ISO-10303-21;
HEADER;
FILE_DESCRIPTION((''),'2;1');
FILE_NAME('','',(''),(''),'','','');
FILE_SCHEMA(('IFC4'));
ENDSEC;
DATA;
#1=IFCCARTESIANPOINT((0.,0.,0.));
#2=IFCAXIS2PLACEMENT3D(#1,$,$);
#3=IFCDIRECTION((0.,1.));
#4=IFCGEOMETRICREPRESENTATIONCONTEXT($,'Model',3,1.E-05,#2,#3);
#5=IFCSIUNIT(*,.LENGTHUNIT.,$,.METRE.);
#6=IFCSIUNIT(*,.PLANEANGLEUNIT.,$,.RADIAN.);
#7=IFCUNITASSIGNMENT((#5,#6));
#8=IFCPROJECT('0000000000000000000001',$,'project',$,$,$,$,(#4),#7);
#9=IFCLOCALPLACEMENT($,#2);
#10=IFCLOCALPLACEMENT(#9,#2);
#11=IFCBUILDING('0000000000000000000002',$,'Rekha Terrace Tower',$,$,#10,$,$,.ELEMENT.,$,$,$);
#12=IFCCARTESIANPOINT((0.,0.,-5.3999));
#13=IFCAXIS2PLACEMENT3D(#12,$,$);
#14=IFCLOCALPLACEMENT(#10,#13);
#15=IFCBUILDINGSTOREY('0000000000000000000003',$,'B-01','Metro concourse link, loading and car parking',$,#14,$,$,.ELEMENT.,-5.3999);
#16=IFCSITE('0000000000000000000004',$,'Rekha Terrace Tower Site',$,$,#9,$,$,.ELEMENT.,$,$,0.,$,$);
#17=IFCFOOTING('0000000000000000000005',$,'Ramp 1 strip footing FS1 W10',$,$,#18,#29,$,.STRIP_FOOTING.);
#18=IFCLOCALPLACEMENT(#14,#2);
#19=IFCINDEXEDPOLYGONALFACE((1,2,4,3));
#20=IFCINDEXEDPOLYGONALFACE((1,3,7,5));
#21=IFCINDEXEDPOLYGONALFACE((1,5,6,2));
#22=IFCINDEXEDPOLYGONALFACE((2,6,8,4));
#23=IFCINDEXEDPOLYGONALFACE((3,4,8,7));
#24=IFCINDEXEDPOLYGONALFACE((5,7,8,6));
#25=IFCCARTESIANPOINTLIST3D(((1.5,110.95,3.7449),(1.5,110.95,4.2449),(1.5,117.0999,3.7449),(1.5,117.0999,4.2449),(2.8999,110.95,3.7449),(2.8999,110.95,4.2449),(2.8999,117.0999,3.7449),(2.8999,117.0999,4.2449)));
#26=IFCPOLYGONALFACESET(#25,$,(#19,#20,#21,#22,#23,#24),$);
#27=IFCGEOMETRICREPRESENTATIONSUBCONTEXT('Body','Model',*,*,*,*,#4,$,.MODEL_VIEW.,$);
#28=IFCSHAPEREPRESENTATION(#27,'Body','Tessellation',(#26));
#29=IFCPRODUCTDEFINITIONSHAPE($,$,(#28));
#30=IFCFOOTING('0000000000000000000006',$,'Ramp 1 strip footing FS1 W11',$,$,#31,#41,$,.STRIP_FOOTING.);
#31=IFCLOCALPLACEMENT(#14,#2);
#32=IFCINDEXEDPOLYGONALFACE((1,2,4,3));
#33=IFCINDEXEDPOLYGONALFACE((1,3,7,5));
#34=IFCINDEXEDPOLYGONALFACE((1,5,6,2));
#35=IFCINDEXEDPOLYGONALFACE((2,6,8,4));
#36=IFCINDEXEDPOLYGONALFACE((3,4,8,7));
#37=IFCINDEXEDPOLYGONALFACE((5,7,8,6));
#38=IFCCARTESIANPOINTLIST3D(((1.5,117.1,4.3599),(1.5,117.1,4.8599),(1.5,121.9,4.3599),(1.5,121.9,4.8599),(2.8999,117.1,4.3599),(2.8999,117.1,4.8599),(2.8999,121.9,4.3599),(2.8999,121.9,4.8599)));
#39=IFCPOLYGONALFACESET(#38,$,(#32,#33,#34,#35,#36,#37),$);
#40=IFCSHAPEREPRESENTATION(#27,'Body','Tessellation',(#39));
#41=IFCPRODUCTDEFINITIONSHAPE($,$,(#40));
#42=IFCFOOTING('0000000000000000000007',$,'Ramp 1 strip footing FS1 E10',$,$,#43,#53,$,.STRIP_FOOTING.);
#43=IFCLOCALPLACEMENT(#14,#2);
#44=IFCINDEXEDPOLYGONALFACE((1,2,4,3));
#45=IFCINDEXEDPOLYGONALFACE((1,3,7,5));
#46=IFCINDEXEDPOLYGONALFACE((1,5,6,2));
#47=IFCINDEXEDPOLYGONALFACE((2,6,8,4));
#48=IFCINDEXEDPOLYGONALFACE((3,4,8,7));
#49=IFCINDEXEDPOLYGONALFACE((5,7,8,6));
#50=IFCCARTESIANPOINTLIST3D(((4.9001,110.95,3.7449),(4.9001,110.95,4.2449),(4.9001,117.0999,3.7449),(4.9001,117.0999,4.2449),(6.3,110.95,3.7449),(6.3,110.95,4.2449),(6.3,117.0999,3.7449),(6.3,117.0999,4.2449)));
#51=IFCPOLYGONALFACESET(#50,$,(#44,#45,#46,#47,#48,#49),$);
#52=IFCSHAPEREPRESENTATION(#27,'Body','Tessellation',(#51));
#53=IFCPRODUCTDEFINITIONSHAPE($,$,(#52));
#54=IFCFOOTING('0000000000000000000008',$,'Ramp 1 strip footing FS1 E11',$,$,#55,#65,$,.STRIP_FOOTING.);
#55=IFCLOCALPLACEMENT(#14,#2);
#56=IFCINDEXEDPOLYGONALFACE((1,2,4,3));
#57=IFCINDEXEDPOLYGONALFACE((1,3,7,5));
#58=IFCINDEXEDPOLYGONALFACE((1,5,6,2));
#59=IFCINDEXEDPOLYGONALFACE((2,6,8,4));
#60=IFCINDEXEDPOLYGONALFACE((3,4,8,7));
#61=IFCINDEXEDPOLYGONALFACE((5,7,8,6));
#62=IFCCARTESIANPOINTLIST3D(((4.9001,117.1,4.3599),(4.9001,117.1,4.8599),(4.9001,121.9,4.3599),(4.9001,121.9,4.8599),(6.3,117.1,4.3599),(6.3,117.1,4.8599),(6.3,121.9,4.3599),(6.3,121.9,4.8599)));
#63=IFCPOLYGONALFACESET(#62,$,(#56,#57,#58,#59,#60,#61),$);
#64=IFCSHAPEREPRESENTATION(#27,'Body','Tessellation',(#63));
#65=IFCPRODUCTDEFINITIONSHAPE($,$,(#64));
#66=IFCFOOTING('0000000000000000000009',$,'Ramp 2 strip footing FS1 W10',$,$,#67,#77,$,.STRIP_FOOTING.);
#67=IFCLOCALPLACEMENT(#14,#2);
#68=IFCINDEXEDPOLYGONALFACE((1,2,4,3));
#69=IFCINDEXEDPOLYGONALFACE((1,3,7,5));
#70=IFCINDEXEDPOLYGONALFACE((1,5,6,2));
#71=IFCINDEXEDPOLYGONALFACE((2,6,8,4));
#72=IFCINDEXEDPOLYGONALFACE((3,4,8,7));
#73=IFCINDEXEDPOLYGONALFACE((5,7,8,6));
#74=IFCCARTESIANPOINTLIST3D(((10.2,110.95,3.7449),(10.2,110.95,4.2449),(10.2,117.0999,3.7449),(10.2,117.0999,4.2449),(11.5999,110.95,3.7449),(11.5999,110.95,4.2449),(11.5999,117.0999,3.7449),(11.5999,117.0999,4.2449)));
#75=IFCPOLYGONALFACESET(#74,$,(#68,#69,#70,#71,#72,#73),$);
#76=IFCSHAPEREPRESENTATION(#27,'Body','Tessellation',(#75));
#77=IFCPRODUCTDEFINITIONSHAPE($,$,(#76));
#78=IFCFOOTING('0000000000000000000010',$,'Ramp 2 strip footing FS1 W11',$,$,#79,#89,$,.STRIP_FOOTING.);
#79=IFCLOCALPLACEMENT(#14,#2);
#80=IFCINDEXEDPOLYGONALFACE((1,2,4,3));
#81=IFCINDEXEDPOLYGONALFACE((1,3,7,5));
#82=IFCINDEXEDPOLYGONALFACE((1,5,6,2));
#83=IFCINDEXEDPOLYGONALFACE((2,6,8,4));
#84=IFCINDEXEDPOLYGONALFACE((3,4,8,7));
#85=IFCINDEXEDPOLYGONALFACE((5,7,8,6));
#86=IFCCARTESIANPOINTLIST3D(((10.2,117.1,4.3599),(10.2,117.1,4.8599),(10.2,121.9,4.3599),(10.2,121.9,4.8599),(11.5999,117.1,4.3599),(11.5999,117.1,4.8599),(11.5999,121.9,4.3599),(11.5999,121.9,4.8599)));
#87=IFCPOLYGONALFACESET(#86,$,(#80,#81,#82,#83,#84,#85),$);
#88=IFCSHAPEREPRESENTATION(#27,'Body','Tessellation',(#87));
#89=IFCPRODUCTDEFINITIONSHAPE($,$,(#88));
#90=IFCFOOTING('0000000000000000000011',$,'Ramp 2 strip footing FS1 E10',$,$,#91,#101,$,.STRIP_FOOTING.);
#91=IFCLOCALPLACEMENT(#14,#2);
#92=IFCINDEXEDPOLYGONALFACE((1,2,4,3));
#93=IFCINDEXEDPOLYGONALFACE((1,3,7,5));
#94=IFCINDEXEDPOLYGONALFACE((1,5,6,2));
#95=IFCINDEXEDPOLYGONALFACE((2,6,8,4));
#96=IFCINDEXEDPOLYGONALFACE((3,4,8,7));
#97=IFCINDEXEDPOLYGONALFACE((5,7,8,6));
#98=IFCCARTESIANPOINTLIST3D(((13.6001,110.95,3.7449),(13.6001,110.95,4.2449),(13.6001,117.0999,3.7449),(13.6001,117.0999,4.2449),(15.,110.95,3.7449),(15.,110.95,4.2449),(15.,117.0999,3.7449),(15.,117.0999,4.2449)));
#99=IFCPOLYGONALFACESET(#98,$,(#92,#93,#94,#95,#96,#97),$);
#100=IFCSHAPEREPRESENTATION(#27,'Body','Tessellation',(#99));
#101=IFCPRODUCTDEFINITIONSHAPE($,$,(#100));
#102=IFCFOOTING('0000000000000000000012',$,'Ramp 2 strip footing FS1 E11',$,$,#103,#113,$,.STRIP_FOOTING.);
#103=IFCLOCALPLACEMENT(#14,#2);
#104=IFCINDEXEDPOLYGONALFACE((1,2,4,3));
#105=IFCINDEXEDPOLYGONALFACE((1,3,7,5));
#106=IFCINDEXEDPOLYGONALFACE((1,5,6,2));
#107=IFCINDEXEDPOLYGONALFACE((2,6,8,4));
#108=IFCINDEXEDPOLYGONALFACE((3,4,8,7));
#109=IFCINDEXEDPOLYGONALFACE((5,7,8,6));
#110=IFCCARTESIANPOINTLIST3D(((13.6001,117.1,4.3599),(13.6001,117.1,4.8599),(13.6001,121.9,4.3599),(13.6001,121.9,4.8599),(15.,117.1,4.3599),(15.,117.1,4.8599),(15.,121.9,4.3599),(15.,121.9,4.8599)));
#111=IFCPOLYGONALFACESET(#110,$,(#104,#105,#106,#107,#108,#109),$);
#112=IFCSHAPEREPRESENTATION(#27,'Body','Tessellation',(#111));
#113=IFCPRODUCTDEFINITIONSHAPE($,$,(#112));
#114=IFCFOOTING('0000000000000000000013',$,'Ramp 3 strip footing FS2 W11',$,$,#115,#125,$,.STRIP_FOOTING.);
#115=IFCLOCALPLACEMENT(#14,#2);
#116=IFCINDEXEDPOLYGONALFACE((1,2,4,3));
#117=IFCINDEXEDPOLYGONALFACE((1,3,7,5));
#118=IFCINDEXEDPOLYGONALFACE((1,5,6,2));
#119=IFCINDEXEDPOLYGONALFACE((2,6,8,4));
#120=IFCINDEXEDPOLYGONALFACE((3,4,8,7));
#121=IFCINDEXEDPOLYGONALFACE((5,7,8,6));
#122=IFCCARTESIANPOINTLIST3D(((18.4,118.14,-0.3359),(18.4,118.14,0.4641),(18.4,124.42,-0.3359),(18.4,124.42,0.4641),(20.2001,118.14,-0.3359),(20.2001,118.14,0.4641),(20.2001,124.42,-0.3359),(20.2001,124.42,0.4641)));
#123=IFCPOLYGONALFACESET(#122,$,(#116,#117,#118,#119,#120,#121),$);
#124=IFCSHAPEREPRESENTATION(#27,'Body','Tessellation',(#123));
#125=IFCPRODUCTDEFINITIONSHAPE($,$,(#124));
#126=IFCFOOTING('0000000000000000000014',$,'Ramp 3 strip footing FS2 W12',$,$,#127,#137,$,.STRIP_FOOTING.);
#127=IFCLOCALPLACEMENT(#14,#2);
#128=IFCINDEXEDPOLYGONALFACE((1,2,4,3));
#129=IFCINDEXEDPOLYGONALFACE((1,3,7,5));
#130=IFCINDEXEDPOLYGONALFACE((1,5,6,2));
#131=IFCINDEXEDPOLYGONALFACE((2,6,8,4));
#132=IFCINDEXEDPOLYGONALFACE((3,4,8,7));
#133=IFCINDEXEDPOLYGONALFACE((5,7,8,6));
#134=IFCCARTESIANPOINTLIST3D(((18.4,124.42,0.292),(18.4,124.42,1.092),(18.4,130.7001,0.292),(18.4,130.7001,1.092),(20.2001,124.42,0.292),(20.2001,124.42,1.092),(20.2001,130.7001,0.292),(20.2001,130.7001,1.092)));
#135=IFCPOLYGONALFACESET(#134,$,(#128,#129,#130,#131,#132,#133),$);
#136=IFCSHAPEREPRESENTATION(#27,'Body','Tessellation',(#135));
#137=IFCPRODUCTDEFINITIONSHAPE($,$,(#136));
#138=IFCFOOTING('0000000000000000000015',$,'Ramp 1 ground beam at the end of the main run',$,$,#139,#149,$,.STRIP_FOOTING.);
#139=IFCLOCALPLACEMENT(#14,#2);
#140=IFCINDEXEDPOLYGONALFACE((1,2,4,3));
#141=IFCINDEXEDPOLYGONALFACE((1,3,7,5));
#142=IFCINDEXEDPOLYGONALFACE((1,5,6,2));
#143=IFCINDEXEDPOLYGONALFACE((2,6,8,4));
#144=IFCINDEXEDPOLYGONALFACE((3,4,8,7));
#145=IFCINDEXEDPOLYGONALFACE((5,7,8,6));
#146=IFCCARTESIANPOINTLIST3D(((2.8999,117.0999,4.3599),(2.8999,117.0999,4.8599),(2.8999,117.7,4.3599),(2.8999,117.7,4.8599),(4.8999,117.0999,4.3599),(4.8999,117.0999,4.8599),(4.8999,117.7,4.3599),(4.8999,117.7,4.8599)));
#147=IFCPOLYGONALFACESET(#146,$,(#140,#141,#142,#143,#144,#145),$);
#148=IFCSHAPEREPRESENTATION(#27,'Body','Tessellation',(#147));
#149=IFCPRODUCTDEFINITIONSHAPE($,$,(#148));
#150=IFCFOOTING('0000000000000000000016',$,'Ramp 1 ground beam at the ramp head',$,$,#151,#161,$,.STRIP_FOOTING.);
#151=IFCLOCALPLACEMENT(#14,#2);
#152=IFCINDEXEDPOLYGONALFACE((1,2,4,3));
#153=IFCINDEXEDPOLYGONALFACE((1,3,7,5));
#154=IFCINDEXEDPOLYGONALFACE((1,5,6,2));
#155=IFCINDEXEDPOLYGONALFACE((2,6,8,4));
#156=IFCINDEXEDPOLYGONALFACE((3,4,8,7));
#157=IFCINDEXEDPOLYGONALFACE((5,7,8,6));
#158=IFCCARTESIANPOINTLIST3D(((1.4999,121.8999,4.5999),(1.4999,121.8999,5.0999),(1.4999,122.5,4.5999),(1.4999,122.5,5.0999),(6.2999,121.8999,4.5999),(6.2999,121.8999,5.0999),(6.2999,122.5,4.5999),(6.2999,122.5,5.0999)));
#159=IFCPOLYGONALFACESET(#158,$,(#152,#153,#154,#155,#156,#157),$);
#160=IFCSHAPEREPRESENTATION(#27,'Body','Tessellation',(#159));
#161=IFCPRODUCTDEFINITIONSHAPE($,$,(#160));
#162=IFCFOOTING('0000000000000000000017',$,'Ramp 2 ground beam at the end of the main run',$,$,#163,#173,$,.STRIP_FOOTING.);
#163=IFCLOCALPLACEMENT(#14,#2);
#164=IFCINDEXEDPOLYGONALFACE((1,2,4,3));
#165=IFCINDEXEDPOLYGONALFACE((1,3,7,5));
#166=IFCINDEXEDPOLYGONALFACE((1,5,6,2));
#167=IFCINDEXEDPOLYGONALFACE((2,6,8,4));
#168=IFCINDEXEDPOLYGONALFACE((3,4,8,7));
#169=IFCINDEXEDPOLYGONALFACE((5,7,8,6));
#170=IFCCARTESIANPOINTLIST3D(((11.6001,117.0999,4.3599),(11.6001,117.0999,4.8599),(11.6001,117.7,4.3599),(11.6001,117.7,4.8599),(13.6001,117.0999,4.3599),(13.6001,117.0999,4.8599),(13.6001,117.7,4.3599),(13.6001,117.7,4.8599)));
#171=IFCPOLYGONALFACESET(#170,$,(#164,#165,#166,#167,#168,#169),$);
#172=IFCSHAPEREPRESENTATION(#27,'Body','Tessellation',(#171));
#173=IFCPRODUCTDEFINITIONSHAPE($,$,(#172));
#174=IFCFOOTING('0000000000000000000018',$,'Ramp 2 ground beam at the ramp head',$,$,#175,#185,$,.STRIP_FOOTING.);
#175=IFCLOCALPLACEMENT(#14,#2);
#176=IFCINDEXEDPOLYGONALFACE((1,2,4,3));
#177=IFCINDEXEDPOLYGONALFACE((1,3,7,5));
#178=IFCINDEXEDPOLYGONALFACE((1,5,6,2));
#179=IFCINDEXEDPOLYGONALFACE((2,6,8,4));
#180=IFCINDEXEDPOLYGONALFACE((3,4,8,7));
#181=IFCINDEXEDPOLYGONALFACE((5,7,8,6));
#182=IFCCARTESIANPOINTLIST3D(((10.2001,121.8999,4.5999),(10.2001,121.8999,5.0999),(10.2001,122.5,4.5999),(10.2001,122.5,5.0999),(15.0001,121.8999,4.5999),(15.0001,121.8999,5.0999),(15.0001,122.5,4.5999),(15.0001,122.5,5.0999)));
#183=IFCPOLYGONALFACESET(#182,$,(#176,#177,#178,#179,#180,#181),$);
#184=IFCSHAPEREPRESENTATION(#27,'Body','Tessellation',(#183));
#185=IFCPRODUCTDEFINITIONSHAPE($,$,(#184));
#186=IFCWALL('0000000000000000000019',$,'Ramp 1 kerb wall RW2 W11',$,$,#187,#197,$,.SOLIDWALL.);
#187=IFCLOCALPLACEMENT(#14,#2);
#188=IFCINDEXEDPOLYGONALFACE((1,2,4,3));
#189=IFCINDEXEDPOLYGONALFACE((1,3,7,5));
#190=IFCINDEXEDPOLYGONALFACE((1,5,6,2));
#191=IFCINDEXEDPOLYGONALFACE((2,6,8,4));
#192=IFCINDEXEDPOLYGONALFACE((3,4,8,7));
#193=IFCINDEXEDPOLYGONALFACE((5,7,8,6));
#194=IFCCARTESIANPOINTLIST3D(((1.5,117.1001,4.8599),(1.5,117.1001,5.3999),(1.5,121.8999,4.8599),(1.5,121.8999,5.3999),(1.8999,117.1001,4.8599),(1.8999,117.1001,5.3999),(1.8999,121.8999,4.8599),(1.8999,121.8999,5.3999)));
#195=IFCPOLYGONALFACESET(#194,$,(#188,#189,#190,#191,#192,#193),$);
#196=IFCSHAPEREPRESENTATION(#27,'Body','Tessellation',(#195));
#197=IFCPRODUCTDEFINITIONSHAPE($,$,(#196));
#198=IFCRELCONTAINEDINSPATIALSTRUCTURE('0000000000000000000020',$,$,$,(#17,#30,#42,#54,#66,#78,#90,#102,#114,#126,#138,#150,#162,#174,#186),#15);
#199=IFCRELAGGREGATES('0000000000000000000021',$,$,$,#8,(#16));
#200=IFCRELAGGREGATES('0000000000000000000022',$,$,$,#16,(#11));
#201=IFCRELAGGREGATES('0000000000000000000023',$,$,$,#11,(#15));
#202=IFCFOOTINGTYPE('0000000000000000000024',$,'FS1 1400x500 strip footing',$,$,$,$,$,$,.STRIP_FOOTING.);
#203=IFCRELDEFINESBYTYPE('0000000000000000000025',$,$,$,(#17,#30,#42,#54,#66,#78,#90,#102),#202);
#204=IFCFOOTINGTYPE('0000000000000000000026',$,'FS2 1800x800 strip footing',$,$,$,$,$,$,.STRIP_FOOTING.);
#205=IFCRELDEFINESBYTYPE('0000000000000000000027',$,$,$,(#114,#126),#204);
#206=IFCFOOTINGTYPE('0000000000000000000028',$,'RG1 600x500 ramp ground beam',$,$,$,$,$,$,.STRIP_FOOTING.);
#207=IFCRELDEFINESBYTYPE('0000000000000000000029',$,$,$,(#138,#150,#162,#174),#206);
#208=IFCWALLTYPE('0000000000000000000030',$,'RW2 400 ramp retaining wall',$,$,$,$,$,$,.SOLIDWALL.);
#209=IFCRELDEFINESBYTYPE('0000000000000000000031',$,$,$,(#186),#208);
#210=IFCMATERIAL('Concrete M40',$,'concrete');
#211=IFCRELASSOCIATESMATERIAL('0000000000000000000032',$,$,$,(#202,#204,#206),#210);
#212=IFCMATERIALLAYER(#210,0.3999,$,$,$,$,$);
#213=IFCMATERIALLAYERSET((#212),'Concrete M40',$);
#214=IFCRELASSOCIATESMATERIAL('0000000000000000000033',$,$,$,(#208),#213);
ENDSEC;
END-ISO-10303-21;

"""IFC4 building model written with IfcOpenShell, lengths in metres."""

from ifc_helpers import new_model, si_unit, direction, frame, frame_2d, origin, origin_2d, place, context, subcontext, project, spatial, rectangle, extrude, material, layer, layer_set, type_object, element, save


model = new_model("IFC4")

# Units and contexts
model_context = context("Model", 3, precision=1e-05, world=origin(), true_north=direction((0.0, 1.0)))
body_context = subcontext(model_context, "Body", "Model", "MODEL_VIEW")
ifc_project = project(units=[si_unit("LENGTHUNIT", "METRE"), si_unit("PLANEANGLEUNIT", "RADIAN")], contexts=[model_context])

# Site, building, storey
site_placement = place(None, origin())
site = spatial("IfcSite", under=ifc_project, at=site_placement, Name="Rekha Terrace Tower Site", CompositionType="ELEMENT", RefElevation=0.0)
building_placement = place(site_placement, origin())
building = spatial("IfcBuilding", under=site, at=building_placement, Name="Rekha Terrace Tower", CompositionType="ELEMENT")
storey_placement = place(building_placement, frame((0.0, 0.0, -5.3999)))
storey = spatial("IfcBuildingStorey", under=building, at=storey_placement, Name="B-01", Description="Metro concourse link, loading and car parking", CompositionType="ELEMENT", Elevation=-5.3999)

# Footings
ifc_material = material(Name="Concrete M40", Category="concrete")
footing_type_1 = type_object("IfcFootingType", Name="FS1 1400x500 strip footing", PredefinedType="STRIP_FOOTING", material=ifc_material)
footing_1_placement = place(storey_placement, frame((2.2, 114.0249, 3.7449), z_axis=(0.0, 0.0, 1.0), x_axis=(1.0, 0.0, 0.0)))
element("IfcFooting", 1, at=footing_1_placement, inside=storey, type_object=footing_type_1, Name="Ramp 1 strip footing FS1 W10", PredefinedType="STRIP_FOOTING", context=body_context, shape_type="SweptSolid", body=[
    extrude(rectangle(XDim=1.3999, YDim=6.1499, at=origin_2d()), origin(), (0.0, 0.0, 1.0), 0.5),
])
footing_2_placement = place(storey_placement, frame((2.2, 119.5, 4.3599), z_axis=(0.0, 0.0, 1.0), x_axis=(1.0, 0.0, 0.0)))
element("IfcFooting", 2, at=footing_2_placement, inside=storey, type_object=footing_type_1, Name="Ramp 1 strip footing FS1 W11", PredefinedType="STRIP_FOOTING", context=body_context, shape_type="SweptSolid", body=[
    extrude(rectangle(XDim=1.3999, YDim=4.8, at=origin_2d()), origin(), (0.0, 0.0, 1.0), 0.5),
])
footing_3_placement = place(storey_placement, frame((5.6001, 114.0249, 3.7449), z_axis=(0.0, 0.0, 1.0), x_axis=(1.0, 0.0, 0.0)))
element("IfcFooting", 3, at=footing_3_placement, inside=storey, type_object=footing_type_1, Name="Ramp 1 strip footing FS1 E10", PredefinedType="STRIP_FOOTING", context=body_context, shape_type="SweptSolid", body=[
    extrude(rectangle(XDim=1.3999, YDim=6.1499, at=origin_2d()), origin(), (0.0, 0.0, 1.0), 0.5),
])
footing_4_placement = place(storey_placement, frame((5.6001, 119.5, 4.3599), z_axis=(0.0, 0.0, 1.0), x_axis=(1.0, 0.0, 0.0)))
element("IfcFooting", 4, at=footing_4_placement, inside=storey, type_object=footing_type_1, Name="Ramp 1 strip footing FS1 E11", PredefinedType="STRIP_FOOTING", context=body_context, shape_type="SweptSolid", body=[
    extrude(rectangle(XDim=1.3999, YDim=4.8, at=origin_2d()), origin(), (0.0, 0.0, 1.0), 0.5),
])
footing_5_placement = place(storey_placement, frame((10.8999, 114.0249, 3.7449), z_axis=(0.0, 0.0, 1.0), x_axis=(1.0, 0.0, 0.0)))
element("IfcFooting", 5, at=footing_5_placement, inside=storey, type_object=footing_type_1, Name="Ramp 2 strip footing FS1 W10", PredefinedType="STRIP_FOOTING", context=body_context, shape_type="SweptSolid", body=[
    extrude(rectangle(XDim=1.3999, YDim=6.1499, at=origin_2d()), origin(), (0.0, 0.0, 1.0), 0.5),
])
footing_6_placement = place(storey_placement, frame((10.8999, 119.5, 4.3599), z_axis=(0.0, 0.0, 1.0), x_axis=(1.0, 0.0, 0.0)))
element("IfcFooting", 6, at=footing_6_placement, inside=storey, type_object=footing_type_1, Name="Ramp 2 strip footing FS1 W11", PredefinedType="STRIP_FOOTING", context=body_context, shape_type="SweptSolid", body=[
    extrude(rectangle(XDim=1.3999, YDim=4.8, at=origin_2d()), origin(), (0.0, 0.0, 1.0), 0.5),
])
footing_7_placement = place(storey_placement, frame((14.3, 114.0249, 3.7449), z_axis=(0.0, 0.0, 1.0), x_axis=(1.0, 0.0, 0.0)))
element("IfcFooting", 7, at=footing_7_placement, inside=storey, type_object=footing_type_1, Name="Ramp 2 strip footing FS1 E10", PredefinedType="STRIP_FOOTING", context=body_context, shape_type="SweptSolid", body=[
    extrude(rectangle(XDim=1.3999, YDim=6.1499, at=origin_2d()), origin(), (0.0, 0.0, 1.0), 0.5),
])
footing_8_placement = place(storey_placement, frame((14.3, 119.5, 4.3599), z_axis=(0.0, 0.0, 1.0), x_axis=(1.0, 0.0, 0.0)))
element("IfcFooting", 8, at=footing_8_placement, inside=storey, type_object=footing_type_1, Name="Ramp 2 strip footing FS1 E11", PredefinedType="STRIP_FOOTING", context=body_context, shape_type="SweptSolid", body=[
    extrude(rectangle(XDim=1.3999, YDim=4.8, at=origin_2d()), origin(), (0.0, 0.0, 1.0), 0.5),
])
footing_type_2 = type_object("IfcFootingType", Name="FS2 1800x800 strip footing", PredefinedType="STRIP_FOOTING", material=ifc_material)
for number, where, z_axis, x_axis, name in (
    (9, (19.3, 121.28, -0.3359), (0.0, 0.0, 1.0), (1.0, 0.0, 0.0), "Ramp 3 strip footing FS2 W11"),
    (10, (19.3, 127.5601, 0.292), (0.0, 0.0, 1.0), (1.0, 0.0, 0.0), "Ramp 3 strip footing FS2 W12"),
):
    element("IfcFooting", number, at=place(storey_placement, frame(where, z_axis=z_axis, x_axis=x_axis)), inside=storey, type_object=footing_type_2, Name=name, PredefinedType="STRIP_FOOTING", context=body_context, shape_type="SweptSolid", body=[
        extrude(rectangle(XDim=1.8, YDim=6.28, at=origin_2d()), origin(), (0.0, 0.0, 1.0), 0.8),
    ])
footing_type_3 = type_object("IfcFootingType", Name="RG1 600x500 ramp ground beam", PredefinedType="STRIP_FOOTING", material=ifc_material)
footing_9_placement = place(storey_placement, frame((3.8999, 117.3999, 4.3599), z_axis=(0.0, 0.0, 1.0), x_axis=(1.0, 0.0, 0.0)))
element("IfcFooting", 11, at=footing_9_placement, inside=storey, type_object=footing_type_3, Name="Ramp 1 ground beam at the end of the main run", PredefinedType="STRIP_FOOTING", context=body_context, shape_type="SweptSolid", body=[
    extrude(rectangle(XDim=2.0, YDim=0.6001, at=origin_2d()), origin(), (0.0, 0.0, 1.0), 0.5),
])
footing_10_placement = place(storey_placement, frame((3.8999, 122.2, 4.5999), z_axis=(0.0, 0.0, 1.0), x_axis=(1.0, 0.0, 0.0)))
element("IfcFooting", 12, at=footing_10_placement, inside=storey, type_object=footing_type_3, Name="Ramp 1 ground beam at the ramp head", PredefinedType="STRIP_FOOTING", context=body_context, shape_type="SweptSolid", body=[
    extrude(rectangle(XDim=4.8, YDim=0.6001, at=origin_2d()), origin(), (0.0, 0.0, 1.0), 0.5),
])
footing_11_placement = place(storey_placement, frame((12.6001, 117.3999, 4.3599), z_axis=(0.0, 0.0, 1.0), x_axis=(1.0, 0.0, 0.0)))
element("IfcFooting", 13, at=footing_11_placement, inside=storey, type_object=footing_type_3, Name="Ramp 2 ground beam at the end of the main run", PredefinedType="STRIP_FOOTING", context=body_context, shape_type="SweptSolid", body=[
    extrude(rectangle(XDim=2.0, YDim=0.6001, at=origin_2d()), origin(), (0.0, 0.0, 1.0), 0.5),
])
footing_12_placement = place(storey_placement, frame((12.6001, 122.2, 4.5999), z_axis=(0.0, 0.0, 1.0), x_axis=(1.0, 0.0, 0.0)))
element("IfcFooting", 14, at=footing_12_placement, inside=storey, type_object=footing_type_3, Name="Ramp 2 ground beam at the ramp head", PredefinedType="STRIP_FOOTING", context=body_context, shape_type="SweptSolid", body=[
    extrude(rectangle(XDim=4.8, YDim=0.6001, at=origin_2d()), origin(), (0.0, 0.0, 1.0), 0.5),
])

# Wall
ifc_layer_1 = layer(ifc_material, 0.3999)
ifc_layer_set_1 = layer_set([ifc_layer_1], Name="Concrete M40")
wall_type_1 = type_object("IfcWallType", Name="RW2 400 ramp retaining wall", PredefinedType="SOLIDWALL", material=ifc_layer_set_1)
for number, where, z_axis, x_axis, name in (
    (15, (1.7, 117.1001, 4.8599), (0.0, 0.0, 1.0), (0.0, 1.0, 0.0), "Ramp 1 kerb wall RW2 W11"),
):
    element("IfcWall", number, at=place(storey_placement, frame(where, z_axis=z_axis, x_axis=x_axis)), inside=storey, type_object=wall_type_1, Name=name, PredefinedType="SOLIDWALL", context=body_context, shape_type="SweptSolid", body=[
        extrude(rectangle(XDim=4.7998, YDim=0.3999, at=frame_2d((2.3999, 0.0))), origin(), (0.0, 0.0, 1.0), 0.54),
    ])

save(model, "model.ifc")
